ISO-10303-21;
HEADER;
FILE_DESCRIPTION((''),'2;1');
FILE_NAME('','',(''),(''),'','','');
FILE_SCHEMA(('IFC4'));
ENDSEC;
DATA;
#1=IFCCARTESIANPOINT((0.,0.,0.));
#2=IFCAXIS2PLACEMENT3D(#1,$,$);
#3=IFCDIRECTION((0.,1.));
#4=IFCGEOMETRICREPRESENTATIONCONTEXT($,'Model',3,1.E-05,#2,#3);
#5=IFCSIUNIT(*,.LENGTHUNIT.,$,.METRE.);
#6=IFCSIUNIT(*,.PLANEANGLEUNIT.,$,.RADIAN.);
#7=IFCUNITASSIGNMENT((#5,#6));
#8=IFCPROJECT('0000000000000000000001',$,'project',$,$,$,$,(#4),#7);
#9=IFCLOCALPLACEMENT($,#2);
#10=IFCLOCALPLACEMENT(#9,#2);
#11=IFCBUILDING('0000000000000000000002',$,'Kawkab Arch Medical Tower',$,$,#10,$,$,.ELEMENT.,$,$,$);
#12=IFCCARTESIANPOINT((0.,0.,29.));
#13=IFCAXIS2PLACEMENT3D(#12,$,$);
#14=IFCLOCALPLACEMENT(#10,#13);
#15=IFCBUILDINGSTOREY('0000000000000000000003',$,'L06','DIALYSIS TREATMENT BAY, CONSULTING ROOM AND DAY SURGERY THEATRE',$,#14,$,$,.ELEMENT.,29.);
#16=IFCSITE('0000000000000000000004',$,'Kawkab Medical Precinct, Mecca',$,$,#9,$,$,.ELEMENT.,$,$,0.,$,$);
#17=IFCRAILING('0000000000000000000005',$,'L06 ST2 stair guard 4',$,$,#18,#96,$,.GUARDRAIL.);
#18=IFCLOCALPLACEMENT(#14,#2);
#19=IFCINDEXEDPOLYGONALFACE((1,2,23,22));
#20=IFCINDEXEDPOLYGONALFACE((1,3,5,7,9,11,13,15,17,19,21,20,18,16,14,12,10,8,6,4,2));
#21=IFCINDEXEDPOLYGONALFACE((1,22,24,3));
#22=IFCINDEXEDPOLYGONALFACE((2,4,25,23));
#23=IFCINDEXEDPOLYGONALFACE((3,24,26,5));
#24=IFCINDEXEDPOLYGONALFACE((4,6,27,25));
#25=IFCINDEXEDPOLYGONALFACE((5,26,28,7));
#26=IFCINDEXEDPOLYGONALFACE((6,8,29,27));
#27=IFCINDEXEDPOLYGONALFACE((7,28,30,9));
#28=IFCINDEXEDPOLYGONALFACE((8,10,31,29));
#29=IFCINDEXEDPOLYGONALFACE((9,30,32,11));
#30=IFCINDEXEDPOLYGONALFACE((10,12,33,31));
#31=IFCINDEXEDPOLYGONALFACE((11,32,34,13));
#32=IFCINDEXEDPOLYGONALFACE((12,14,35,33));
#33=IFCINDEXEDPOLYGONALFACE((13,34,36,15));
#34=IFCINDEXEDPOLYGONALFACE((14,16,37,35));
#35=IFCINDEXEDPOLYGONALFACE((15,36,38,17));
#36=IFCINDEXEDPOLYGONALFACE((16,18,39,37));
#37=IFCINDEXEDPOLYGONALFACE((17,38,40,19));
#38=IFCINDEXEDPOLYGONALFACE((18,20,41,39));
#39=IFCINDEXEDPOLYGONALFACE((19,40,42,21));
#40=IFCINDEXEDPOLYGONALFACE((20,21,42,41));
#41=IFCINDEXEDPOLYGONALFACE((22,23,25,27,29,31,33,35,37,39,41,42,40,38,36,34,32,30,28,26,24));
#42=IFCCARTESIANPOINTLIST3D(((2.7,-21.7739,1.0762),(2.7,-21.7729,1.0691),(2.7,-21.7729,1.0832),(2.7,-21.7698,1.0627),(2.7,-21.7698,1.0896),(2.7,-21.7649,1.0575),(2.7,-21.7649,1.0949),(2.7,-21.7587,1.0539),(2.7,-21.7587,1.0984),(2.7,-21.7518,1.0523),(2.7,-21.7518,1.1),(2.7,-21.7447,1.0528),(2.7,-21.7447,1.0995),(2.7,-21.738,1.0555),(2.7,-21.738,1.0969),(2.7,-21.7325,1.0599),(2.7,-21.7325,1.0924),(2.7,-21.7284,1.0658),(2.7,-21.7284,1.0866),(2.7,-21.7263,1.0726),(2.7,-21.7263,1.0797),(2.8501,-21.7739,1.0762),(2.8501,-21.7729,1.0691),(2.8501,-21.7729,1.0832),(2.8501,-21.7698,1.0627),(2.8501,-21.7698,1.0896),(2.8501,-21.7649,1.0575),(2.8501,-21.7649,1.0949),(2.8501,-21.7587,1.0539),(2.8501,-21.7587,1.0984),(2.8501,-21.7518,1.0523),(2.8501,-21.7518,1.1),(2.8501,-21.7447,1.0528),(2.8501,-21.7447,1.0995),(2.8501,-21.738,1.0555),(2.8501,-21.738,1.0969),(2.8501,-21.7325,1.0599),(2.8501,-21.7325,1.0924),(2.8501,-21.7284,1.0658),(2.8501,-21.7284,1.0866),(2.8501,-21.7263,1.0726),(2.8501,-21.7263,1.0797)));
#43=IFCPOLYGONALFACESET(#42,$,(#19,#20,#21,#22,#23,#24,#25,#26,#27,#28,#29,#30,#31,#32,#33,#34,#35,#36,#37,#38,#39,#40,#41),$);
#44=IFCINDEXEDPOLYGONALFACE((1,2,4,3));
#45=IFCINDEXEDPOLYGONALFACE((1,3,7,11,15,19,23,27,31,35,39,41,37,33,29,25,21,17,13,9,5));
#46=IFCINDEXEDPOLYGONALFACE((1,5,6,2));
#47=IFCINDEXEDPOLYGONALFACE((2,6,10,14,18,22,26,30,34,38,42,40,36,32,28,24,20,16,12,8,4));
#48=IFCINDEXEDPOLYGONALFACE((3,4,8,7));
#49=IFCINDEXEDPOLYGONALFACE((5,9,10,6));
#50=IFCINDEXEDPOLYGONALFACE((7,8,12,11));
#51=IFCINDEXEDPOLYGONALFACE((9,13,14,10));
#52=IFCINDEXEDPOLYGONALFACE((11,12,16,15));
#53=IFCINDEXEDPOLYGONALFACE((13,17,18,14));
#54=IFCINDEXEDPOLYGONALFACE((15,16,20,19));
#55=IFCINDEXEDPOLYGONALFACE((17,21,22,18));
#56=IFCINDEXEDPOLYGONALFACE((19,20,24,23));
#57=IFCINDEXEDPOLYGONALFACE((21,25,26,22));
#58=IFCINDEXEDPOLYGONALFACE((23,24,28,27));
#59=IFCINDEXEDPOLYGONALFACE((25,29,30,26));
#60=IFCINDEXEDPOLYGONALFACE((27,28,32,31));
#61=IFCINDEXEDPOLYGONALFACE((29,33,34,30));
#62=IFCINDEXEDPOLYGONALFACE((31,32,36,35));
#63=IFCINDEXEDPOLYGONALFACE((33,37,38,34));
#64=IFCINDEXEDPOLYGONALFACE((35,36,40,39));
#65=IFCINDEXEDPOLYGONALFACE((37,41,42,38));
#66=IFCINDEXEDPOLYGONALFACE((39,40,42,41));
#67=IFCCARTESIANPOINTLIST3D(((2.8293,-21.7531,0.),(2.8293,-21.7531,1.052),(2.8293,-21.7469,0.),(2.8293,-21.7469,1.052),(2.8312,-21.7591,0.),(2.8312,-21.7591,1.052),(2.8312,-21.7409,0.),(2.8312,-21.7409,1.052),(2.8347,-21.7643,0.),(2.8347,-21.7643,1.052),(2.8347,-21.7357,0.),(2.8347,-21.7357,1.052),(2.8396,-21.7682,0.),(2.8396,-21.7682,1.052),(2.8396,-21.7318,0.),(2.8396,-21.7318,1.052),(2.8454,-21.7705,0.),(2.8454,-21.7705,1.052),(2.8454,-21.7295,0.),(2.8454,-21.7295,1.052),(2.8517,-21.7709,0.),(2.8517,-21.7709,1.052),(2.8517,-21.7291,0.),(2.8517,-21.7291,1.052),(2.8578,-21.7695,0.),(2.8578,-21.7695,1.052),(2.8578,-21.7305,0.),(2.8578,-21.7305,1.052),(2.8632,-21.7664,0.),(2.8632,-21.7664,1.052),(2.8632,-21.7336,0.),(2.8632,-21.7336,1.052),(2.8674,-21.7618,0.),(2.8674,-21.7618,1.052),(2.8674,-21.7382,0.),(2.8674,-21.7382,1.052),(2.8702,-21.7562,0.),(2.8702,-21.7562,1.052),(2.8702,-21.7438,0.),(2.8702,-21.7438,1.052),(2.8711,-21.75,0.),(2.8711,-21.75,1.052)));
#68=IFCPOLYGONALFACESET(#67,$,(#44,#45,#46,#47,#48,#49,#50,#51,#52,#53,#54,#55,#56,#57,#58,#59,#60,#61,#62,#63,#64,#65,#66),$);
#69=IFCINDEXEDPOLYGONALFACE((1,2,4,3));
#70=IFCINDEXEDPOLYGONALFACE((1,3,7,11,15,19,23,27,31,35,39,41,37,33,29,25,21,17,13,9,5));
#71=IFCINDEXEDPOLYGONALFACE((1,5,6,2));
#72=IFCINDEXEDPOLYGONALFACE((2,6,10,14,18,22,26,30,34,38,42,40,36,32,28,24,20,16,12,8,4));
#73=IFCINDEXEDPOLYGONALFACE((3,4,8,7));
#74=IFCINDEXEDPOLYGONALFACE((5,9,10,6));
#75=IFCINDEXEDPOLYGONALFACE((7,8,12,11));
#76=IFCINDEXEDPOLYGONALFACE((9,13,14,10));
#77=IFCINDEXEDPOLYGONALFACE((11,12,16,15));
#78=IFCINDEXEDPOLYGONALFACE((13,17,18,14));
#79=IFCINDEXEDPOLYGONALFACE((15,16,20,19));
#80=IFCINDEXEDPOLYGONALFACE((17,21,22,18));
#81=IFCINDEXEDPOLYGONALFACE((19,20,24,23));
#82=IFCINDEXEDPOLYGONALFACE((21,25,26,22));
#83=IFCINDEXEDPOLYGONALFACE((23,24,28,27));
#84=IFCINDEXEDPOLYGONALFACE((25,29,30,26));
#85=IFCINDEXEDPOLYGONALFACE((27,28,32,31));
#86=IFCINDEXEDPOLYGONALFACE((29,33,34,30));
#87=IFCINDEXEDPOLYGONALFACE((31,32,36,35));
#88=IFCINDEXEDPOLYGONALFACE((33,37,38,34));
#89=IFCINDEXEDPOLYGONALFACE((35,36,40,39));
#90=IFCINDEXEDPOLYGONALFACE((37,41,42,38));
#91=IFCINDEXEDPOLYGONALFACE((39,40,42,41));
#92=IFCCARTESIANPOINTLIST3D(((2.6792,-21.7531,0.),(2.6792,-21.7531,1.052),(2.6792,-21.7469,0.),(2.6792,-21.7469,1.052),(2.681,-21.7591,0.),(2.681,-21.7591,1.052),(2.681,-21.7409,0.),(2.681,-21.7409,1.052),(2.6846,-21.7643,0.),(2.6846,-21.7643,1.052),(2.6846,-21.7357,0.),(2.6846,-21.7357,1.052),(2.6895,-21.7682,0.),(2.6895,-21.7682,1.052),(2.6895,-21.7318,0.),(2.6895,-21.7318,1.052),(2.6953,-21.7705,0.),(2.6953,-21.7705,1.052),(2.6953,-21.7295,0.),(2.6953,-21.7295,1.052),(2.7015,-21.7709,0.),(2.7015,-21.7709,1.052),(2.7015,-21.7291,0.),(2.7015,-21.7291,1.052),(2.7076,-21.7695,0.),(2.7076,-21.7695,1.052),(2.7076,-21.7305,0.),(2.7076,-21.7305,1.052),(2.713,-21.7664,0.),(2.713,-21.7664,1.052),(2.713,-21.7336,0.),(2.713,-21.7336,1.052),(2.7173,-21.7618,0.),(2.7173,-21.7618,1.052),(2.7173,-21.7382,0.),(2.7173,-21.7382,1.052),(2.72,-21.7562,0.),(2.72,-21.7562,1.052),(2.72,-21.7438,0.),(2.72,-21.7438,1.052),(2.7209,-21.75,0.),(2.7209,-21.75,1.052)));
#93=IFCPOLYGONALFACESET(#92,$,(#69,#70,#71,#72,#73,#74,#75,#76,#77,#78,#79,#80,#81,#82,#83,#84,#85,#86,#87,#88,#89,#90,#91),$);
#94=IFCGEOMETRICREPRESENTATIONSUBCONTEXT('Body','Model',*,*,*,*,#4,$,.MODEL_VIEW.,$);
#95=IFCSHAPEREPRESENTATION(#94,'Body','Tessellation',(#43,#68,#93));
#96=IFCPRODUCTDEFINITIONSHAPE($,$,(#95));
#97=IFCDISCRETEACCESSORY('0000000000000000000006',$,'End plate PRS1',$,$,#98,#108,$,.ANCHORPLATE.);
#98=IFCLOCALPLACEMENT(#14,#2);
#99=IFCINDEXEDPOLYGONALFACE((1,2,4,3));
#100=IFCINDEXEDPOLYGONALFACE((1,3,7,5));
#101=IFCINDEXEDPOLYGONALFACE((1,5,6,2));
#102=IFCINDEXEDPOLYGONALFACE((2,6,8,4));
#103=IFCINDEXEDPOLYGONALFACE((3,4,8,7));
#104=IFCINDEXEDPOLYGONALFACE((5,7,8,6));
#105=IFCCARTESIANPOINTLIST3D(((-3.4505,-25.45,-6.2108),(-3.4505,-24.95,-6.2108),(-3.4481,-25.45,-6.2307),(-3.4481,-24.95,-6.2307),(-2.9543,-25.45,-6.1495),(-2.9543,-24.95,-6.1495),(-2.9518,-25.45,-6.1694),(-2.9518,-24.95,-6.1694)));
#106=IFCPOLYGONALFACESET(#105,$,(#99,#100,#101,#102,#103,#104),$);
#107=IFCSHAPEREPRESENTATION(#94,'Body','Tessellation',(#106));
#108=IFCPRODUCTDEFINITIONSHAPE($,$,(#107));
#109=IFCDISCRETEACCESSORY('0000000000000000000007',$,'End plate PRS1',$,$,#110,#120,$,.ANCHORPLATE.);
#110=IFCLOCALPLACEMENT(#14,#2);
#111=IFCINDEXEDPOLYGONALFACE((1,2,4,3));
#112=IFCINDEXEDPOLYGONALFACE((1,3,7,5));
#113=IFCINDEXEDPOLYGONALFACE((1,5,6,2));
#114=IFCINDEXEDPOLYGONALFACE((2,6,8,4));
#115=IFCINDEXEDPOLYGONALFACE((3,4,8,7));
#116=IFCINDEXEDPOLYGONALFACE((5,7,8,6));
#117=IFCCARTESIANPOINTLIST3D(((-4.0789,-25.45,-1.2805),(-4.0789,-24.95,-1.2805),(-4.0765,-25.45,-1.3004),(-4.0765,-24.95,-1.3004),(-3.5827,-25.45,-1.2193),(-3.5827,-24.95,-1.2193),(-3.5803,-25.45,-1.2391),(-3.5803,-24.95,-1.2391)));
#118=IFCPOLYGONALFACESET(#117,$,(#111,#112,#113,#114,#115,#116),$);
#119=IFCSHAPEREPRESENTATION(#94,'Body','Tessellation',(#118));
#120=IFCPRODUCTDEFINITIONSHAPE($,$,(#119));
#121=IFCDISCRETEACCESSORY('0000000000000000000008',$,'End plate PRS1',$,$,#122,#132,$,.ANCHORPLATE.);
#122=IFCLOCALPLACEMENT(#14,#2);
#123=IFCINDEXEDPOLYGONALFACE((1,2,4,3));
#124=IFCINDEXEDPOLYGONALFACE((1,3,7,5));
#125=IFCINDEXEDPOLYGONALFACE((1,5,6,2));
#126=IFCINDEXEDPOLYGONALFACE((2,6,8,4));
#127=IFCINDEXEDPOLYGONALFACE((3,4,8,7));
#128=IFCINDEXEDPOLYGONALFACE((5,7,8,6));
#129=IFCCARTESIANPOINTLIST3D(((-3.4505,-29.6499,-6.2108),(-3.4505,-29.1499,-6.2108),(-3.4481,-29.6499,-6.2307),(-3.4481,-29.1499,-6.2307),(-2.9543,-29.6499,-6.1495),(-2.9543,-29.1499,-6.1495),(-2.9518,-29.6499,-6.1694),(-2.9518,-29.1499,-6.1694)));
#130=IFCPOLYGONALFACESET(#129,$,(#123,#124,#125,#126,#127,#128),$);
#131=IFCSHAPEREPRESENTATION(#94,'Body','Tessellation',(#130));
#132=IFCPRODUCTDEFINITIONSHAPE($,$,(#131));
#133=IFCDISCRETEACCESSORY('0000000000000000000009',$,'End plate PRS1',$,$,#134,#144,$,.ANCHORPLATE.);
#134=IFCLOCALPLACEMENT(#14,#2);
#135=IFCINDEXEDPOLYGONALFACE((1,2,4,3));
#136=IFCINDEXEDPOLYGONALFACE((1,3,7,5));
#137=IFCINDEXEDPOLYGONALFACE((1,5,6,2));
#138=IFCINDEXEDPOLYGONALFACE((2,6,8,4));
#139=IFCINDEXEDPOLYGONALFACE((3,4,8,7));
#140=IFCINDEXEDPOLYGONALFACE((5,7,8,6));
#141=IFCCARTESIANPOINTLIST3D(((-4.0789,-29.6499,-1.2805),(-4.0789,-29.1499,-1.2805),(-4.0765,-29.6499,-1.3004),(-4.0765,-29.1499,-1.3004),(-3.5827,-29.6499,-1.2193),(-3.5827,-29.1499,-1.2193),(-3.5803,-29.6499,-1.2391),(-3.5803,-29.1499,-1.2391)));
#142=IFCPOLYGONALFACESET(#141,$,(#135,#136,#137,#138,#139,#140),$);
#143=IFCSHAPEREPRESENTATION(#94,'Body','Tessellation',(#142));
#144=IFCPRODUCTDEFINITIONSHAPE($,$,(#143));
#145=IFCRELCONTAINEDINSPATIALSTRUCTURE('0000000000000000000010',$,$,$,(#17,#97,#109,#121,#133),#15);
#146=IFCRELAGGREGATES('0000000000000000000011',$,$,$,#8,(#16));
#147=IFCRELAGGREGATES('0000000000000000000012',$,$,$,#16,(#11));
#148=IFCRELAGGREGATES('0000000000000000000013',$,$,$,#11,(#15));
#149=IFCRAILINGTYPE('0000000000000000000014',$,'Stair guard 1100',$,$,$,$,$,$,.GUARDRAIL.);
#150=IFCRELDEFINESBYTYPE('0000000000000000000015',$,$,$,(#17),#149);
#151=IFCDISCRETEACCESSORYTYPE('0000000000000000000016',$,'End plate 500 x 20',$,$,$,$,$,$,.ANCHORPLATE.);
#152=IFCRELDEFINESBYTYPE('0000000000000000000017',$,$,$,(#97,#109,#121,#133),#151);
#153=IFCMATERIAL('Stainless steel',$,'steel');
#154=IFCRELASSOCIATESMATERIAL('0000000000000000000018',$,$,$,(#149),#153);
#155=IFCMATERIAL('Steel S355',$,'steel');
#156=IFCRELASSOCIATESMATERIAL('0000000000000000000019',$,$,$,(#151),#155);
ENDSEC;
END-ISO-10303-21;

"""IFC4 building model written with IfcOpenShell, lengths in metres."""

from ifc_helpers import new_model, si_unit, direction, frame, origin, origin_2d, place, context, subcontext, project, spatial, rectangle, circle, extrude, material, material_profile, profile_set, type_object, element, save


model = new_model("IFC4")

# Units and contexts
model_context = context("Model", 3, precision=1e-05, world=origin(), true_north=direction((0.0, 1.0)))
body_context = subcontext(model_context, "Body", "Model", "MODEL_VIEW")
ifc_project = project(units=[si_unit("LENGTHUNIT", "METRE"), si_unit("PLANEANGLEUNIT", "RADIAN")], contexts=[model_context])

# Site, building, storey
site_placement = place(None, origin())
site = spatial("IfcSite", under=ifc_project, at=site_placement, Name="Kawkab Medical Precinct, Mecca", CompositionType="ELEMENT", RefElevation=0.0)
building_placement = place(site_placement, origin())
building = spatial("IfcBuilding", under=site, at=building_placement, Name="Kawkab Arch Medical Tower", CompositionType="ELEMENT")
storey_placement = place(building_placement, frame((0.0, 0.0, 29.0)))
storey = spatial("IfcBuildingStorey", under=building, at=storey_placement, Name="L06", Description="DIALYSIS TREATMENT BAY, CONSULTING ROOM AND DAY SURGERY THEATRE", CompositionType="ELEMENT", Elevation=29.0)

# Railing
ifc_material_1 = material(Name="Stainless steel", Category="steel")
railing_type = type_object("IfcRailingType", Name="Stair guard 1100", PredefinedType="GUARDRAIL", material=ifc_material_1)
railing_1_placement = place(storey_placement, frame((2.8501, -21.75, 0.0)))
element("IfcRailing", 1, at=railing_1_placement, inside=storey, type_object=railing_type, Name="L06 ST2 stair guard 4", PredefinedType="GUARDRAIL", context=body_context, shape_type="SweptSolid", body=[
    extrude(circle(Radius=0.0239, at=origin_2d()), frame((0.0, 0.0, 1.0762), z_axis=(-1.0, 0.0, 0.0), x_axis=(0.0, -1.0, 0.0)), (0.0, 0.0, 1.0), 0.1501),
    extrude(circle(Radius=0.021, at=origin_2d()), origin(), (0.0, 0.0, 1.0), 1.052),
    extrude(circle(Radius=0.021, at=origin_2d()), frame((-0.1501, 0.0, 0.0)), (0.0, 0.0, 1.0), 1.052),
])

# Discrete accessories
ifc_material_2 = material(Name="Steel S355", Category="steel")
ifc_material_profile_1 = material_profile(ifc_material_2, rectangle(XDim=0.5, YDim=0.5, at=origin_2d()), Name="End plate 500 x 20")
ifc_profile_set_1 = profile_set([ifc_material_profile_1], Name="Steel S355")
discrete_accessory_type = type_object("IfcDiscreteAccessoryType", Name="End plate 500 x 20", PredefinedType="ANCHORPLATE", material=ifc_profile_set_1)
for number, where, z_axis, x_axis, name in (
    (2, (-3.2024, -25.2, -6.1802), (0.122527, 0.0, -0.992465), (0.0, 1.0, 0.0), "End plate PRS1"),
    (3, (-3.8284, -25.2, -1.2698), (-0.122527, 0.0, 0.992465), (0.0, -1.0, 0.0), "End plate PRS1"),
    (4, (-3.2024, -29.3999, -6.1802), (0.122527, 0.0, -0.992465), (0.0, 1.0, 0.0), "End plate PRS1"),
    (5, (-3.8284, -29.3999, -1.2698), (-0.122527, 0.0, 0.992465), (0.0, -1.0, 0.0), "End plate PRS1"),
):
    element("IfcDiscreteAccessory", number, at=place(storey_placement, frame(where, z_axis=z_axis, x_axis=x_axis)), inside=storey, type_object=discrete_accessory_type, Name=name, PredefinedType="ANCHORPLATE", context=body_context, shape_type="SweptSolid", body=[
        extrude(rectangle(XDim=0.5, YDim=0.5, at=origin_2d()), origin(), (0.0, 0.0, 1.0), 0.02),
    ])

save(model, "model.ifc")
